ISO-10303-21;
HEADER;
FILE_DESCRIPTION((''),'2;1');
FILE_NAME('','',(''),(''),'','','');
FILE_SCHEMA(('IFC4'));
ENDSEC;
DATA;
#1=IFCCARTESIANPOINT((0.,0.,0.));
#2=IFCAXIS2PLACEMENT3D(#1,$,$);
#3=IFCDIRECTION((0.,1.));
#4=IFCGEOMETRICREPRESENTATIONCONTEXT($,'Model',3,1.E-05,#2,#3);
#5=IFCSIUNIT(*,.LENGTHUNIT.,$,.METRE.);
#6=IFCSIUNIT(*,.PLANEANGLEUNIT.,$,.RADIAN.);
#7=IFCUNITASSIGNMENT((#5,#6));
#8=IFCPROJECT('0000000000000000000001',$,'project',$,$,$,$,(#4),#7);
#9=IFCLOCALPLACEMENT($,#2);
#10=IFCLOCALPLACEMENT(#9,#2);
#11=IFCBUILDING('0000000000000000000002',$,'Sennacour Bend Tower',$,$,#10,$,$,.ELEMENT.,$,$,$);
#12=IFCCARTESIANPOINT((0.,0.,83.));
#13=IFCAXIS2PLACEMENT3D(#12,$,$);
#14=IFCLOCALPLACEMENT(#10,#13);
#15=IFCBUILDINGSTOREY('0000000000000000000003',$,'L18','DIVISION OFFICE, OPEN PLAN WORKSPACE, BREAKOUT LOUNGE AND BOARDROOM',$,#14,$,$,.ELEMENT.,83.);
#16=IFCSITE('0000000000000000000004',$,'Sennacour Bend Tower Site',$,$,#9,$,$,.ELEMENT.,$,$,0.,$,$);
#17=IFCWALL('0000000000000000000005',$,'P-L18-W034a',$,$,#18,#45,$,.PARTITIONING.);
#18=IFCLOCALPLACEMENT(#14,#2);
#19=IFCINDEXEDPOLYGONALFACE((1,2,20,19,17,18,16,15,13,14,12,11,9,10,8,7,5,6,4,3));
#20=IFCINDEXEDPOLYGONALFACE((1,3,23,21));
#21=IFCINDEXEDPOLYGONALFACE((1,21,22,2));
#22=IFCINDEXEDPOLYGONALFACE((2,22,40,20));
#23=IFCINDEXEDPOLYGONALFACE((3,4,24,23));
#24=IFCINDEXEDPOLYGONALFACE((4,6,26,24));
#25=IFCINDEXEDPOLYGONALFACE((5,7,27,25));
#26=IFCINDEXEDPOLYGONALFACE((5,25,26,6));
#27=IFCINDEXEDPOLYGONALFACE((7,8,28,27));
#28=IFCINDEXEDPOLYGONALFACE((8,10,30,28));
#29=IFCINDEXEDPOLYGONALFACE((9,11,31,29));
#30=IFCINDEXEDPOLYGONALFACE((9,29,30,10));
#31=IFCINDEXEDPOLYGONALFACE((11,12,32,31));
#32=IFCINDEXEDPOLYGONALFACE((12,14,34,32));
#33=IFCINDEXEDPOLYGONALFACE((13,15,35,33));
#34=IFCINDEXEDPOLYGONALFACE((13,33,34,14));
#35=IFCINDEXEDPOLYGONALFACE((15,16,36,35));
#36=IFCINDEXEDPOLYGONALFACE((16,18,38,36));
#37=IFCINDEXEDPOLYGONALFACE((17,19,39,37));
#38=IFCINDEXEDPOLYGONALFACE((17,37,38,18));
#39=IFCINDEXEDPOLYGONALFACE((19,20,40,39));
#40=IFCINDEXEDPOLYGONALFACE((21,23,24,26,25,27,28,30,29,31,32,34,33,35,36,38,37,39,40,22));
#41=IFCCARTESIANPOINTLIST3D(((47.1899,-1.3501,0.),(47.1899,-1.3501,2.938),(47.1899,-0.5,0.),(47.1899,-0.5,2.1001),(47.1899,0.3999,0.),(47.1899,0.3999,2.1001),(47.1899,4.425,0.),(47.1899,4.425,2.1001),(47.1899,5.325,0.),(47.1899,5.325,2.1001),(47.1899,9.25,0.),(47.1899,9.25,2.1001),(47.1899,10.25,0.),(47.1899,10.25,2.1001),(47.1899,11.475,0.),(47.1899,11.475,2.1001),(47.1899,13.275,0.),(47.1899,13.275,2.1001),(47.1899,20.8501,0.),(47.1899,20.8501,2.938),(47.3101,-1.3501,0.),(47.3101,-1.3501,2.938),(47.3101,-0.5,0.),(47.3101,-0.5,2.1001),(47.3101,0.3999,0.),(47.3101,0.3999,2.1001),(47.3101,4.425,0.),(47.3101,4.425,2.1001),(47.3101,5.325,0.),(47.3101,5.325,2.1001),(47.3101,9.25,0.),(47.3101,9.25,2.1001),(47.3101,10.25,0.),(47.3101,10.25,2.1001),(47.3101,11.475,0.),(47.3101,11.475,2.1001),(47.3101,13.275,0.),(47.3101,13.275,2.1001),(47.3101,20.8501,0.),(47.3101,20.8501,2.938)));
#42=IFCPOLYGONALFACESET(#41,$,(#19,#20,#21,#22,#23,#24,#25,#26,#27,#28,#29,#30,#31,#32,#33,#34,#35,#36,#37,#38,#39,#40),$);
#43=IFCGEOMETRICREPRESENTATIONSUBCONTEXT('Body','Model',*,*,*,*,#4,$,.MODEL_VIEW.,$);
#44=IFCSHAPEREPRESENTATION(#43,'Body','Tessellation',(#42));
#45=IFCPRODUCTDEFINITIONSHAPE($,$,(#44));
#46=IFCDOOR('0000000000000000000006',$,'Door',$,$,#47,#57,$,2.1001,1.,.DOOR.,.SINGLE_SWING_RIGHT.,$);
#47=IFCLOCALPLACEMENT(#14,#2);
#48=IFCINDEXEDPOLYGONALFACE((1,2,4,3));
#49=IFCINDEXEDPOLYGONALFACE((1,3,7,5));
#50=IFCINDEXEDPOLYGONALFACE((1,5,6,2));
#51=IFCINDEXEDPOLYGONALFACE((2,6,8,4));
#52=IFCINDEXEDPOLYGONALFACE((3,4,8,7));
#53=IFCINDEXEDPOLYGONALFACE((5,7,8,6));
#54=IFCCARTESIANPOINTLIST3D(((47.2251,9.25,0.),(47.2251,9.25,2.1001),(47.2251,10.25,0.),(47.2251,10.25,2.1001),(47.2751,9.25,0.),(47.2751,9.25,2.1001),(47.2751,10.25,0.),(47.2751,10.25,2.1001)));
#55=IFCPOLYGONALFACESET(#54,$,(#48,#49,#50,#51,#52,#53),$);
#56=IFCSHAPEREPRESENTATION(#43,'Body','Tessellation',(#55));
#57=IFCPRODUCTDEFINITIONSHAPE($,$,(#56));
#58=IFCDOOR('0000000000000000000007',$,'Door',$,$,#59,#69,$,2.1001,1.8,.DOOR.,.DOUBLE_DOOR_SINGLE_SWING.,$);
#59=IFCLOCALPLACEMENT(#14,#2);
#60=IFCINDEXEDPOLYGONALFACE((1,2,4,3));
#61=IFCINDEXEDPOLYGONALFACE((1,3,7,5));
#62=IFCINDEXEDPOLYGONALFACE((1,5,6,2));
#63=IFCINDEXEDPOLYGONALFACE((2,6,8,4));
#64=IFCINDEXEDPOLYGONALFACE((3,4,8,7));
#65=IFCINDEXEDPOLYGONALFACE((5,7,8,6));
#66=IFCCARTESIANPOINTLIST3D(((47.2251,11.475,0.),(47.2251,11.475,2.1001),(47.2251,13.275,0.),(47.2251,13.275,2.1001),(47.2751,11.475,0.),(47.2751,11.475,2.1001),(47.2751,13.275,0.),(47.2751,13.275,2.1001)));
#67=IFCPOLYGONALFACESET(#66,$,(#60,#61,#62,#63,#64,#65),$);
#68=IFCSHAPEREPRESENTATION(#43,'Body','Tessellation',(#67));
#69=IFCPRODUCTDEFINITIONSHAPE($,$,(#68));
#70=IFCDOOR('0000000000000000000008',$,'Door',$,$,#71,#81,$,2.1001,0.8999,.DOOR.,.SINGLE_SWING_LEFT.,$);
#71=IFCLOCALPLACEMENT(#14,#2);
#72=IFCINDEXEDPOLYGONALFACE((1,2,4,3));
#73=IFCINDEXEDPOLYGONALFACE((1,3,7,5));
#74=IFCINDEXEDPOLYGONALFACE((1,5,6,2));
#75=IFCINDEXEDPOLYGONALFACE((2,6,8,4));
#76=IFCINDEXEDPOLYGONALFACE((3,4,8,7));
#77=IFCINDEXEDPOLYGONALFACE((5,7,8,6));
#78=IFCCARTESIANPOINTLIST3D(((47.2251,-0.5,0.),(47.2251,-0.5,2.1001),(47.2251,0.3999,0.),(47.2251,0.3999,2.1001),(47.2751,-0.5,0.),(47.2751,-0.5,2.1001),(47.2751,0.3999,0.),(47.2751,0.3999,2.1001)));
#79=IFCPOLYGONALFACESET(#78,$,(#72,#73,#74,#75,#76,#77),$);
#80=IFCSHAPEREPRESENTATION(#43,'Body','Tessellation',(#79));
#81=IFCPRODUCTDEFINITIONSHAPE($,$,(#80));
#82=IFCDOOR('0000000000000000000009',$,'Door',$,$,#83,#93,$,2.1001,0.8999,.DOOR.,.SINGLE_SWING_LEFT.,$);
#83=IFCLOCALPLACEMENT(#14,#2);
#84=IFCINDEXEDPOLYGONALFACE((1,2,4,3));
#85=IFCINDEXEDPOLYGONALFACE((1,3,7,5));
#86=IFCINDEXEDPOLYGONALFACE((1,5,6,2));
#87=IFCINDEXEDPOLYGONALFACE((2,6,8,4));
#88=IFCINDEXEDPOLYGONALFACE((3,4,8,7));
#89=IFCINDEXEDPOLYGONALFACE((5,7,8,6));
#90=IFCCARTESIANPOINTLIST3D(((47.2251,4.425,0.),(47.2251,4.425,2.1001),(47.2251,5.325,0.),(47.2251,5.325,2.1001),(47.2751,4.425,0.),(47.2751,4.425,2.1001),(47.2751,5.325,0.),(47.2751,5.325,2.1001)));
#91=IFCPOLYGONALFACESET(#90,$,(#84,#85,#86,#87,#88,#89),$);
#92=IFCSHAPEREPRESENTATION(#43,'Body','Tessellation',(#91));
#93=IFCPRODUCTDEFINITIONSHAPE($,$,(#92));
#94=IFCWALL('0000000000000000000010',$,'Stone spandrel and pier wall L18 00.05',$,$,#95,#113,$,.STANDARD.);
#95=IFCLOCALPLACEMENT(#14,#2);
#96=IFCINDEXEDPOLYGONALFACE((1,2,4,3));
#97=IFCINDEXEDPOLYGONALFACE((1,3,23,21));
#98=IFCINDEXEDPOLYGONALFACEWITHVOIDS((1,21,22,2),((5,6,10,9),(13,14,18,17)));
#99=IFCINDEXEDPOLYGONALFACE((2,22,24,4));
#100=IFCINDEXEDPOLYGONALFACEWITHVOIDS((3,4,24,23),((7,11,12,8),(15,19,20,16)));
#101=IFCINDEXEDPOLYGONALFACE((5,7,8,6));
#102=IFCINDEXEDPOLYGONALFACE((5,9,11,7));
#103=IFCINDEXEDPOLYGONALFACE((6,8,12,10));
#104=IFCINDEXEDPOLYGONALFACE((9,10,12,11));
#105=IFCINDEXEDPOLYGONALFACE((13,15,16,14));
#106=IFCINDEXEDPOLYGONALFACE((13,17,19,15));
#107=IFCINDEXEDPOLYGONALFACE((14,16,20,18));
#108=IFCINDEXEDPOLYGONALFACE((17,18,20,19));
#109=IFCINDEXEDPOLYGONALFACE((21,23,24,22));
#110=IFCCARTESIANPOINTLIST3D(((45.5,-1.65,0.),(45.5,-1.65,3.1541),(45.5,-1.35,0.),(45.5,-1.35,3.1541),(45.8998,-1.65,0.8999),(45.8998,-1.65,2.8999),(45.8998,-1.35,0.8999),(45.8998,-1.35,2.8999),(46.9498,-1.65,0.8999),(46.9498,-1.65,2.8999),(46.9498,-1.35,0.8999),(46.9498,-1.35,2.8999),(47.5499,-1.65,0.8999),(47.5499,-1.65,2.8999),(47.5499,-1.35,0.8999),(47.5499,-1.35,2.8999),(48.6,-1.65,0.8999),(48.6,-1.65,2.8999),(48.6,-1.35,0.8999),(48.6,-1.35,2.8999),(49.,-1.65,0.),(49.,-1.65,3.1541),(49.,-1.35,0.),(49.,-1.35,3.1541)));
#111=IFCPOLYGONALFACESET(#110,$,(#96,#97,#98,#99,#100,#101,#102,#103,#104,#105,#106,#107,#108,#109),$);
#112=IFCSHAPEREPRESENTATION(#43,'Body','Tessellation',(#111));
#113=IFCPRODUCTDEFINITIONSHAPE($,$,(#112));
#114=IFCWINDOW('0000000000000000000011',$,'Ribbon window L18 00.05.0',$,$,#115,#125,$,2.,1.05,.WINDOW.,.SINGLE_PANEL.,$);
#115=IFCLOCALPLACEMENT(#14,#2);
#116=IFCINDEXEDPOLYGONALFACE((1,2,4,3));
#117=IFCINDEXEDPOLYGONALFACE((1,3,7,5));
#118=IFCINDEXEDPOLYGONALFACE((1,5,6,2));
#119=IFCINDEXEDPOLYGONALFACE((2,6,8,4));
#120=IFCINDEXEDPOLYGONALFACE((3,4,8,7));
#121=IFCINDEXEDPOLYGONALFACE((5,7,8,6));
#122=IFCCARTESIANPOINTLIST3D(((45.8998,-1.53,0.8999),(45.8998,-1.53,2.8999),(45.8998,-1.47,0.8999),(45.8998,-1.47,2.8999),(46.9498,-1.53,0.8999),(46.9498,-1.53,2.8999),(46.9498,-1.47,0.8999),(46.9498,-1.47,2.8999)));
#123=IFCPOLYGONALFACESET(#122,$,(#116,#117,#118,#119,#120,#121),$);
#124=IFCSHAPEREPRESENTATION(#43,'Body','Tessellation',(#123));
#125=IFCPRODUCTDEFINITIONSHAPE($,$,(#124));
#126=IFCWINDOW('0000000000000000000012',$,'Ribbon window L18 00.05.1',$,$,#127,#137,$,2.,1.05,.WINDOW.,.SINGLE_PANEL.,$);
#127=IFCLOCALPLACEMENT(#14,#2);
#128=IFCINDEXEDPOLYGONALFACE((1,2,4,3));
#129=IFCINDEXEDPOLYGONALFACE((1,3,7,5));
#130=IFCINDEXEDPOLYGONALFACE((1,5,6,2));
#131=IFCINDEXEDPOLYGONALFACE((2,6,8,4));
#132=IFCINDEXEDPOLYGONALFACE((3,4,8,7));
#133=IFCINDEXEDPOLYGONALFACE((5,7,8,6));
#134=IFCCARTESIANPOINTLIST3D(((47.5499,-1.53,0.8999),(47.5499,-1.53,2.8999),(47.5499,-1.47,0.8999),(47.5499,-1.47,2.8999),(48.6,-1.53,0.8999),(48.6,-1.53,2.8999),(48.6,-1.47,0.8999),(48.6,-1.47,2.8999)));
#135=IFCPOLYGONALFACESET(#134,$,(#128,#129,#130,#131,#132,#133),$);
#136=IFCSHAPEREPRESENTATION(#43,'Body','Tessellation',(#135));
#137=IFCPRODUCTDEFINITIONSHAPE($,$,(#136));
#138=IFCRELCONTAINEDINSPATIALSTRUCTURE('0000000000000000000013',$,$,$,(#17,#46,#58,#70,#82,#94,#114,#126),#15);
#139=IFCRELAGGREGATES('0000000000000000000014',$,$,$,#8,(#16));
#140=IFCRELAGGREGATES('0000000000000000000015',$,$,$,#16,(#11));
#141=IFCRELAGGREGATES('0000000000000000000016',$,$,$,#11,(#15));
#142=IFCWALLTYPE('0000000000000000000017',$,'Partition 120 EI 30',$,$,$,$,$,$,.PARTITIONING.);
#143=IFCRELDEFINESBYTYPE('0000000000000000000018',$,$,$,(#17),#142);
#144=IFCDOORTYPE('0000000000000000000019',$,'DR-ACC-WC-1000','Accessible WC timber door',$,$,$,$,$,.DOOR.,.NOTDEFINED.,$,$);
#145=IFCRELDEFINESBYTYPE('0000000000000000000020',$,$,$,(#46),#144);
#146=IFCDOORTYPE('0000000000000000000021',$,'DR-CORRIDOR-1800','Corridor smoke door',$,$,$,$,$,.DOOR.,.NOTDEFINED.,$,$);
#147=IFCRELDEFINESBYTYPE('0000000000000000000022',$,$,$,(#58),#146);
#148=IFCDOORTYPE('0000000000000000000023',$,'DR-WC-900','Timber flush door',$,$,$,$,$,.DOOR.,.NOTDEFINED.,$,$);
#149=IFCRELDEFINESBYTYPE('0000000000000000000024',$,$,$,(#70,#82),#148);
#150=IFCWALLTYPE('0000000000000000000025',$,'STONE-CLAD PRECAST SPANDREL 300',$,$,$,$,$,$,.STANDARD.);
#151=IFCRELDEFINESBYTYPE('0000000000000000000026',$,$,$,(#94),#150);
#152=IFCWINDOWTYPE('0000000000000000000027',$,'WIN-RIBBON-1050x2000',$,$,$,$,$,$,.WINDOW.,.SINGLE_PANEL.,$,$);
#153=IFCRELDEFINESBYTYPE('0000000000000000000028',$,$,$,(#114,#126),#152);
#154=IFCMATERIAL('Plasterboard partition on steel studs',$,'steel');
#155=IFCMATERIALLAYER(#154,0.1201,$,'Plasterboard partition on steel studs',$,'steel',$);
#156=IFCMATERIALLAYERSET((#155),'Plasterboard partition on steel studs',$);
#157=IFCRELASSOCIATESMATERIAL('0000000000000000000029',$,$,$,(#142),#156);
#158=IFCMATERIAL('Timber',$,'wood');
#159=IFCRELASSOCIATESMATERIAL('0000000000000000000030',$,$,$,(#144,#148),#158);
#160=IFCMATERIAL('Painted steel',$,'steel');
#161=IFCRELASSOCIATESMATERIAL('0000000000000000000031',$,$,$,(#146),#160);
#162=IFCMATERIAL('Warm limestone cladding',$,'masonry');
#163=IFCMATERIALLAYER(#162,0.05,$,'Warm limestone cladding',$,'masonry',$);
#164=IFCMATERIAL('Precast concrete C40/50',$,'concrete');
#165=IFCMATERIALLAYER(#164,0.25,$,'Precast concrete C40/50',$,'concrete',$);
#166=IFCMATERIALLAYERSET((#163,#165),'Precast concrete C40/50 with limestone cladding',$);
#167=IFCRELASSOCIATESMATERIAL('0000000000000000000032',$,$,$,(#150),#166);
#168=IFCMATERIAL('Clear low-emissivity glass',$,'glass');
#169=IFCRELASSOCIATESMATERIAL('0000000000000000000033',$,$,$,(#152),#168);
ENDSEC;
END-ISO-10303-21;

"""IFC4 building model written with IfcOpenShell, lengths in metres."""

from ifc_helpers import new_model, si_unit, direction, frame, frame_2d, origin, place, context, subcontext, project, spatial, rectangle, extrude, material, layer, layer_set, type_object, element, fill, save


model = new_model("IFC4")

# Units and contexts
model_context = context("Model", 3, precision=1e-05, world=origin(), true_north=direction((0.0, 1.0)))
body_context = subcontext(model_context, "Body", "Model", "MODEL_VIEW")
ifc_project = project(units=[si_unit("LENGTHUNIT", "METRE"), si_unit("PLANEANGLEUNIT", "RADIAN")], contexts=[model_context])

# Site, building, storey
site_placement = place(None, origin())
site = spatial("IfcSite", under=ifc_project, at=site_placement, Name="Sennacour Bend Tower Site", CompositionType="ELEMENT", RefElevation=0.0)
building_placement = place(site_placement, origin())
building = spatial("IfcBuilding", under=site, at=building_placement, Name="Sennacour Bend Tower", CompositionType="ELEMENT")
storey_placement = place(building_placement, frame((0.0, 0.0, 83.0)))
storey = spatial("IfcBuildingStorey", under=building, at=storey_placement, Name="L18", Description="DIVISION OFFICE, OPEN PLAN WORKSPACE, BREAKOUT LOUNGE AND BOARDROOM", CompositionType="ELEMENT", Elevation=83.0)

# Shared definitions
ifc_material_1 = material(Name="Plasterboard partition on steel studs", Category="steel")

# Wall, openings, doors
ifc_layer_1 = layer(ifc_material_1, 0.1201, Name="Plasterboard partition on steel studs", Category="steel")
ifc_layer_set_1 = layer_set([ifc_layer_1], Name="Plasterboard partition on steel studs")
wall_type_1 = type_object("IfcWallType", Name="Partition 120 EI 30", PredefinedType="PARTITIONING", material=ifc_layer_set_1)
wall_1_placement = place(storey_placement, frame((47.25, -1.3501, 0.0), z_axis=(0.0, 0.0, 1.0), x_axis=(0.0, 1.0, 0.0)))
wall_1 = element("IfcWall", 1, at=wall_1_placement, inside=storey, type_object=wall_type_1, Name="P-L18-W034a", PredefinedType="PARTITIONING", context=body_context, shape_type="SweptSolid", body=[
    extrude(rectangle(XDim=22.2002, YDim=0.1201, at=frame_2d((11.1001, 0.0))), origin(), (0.0, 0.0, 1.0), 2.938),
])
opening_1_placement = place(wall_1_placement, frame((12.8252, 0.0, 0.0)))
opening_1 = element("IfcOpeningElement", 2, at=opening_1_placement, cuts=wall_1, PredefinedType="OPENING", context=body_context, shape_type="SweptSolid", body=[
    extrude(rectangle(XDim=1.8, YDim=2.1001, at=frame_2d((0.8999, 1.05))), frame((0.0, 0.0701, 0.0), z_axis=(0.0, -1.0, 0.0), x_axis=(1.0, 0.0, 0.0)), (0.0, 0.0, 1.0), 0.1401),
])
opening_2_placement = place(wall_1_placement, frame((0.8501, 0.0, 0.0)))
opening_2 = element("IfcOpeningElement", 3, at=opening_2_placement, cuts=wall_1, PredefinedType="OPENING", context=body_context, shape_type="SweptSolid", body=[
    extrude(rectangle(XDim=0.8999, YDim=2.1001, at=frame_2d((0.45, 1.05))), frame((0.0, 0.0701, 0.0), z_axis=(0.0, -1.0, 0.0), x_axis=(1.0, 0.0, 0.0)), (0.0, 0.0, 1.0), 0.1401),
])
opening_3_placement = place(wall_1_placement, frame((5.7751, 0.0, 0.0)))
opening_3 = element("IfcOpeningElement", 4, at=opening_3_placement, cuts=wall_1, PredefinedType="OPENING", context=body_context, shape_type="SweptSolid", body=[
    extrude(rectangle(XDim=0.8999, YDim=2.1001, at=frame_2d((0.45, 1.05))), frame((0.0, 0.0701, 0.0), z_axis=(0.0, -1.0, 0.0), x_axis=(1.0, 0.0, 0.0)), (0.0, 0.0, 1.0), 0.1401),
])
opening_4_placement = place(wall_1_placement, frame((10.6001, 0.0, 0.0)))
opening_4 = element("IfcOpeningElement", 5, at=opening_4_placement, cuts=wall_1, PredefinedType="OPENING", context=body_context, shape_type="SweptSolid", body=[
    extrude(rectangle(XDim=1.0, YDim=2.1001, at=frame_2d((0.5, 1.05))), frame((0.0, 0.0701, 0.0), z_axis=(0.0, -1.0, 0.0), x_axis=(1.0, 0.0, 0.0)), (0.0, 0.0, 1.0), 0.1401),
])
ifc_material_2 = material(Name="Timber", Category="wood")
door_type_1 = type_object("IfcDoorType", Name="DR-ACC-WC-1000", Description="Accessible WC timber door", OperationType="NOTDEFINED", PredefinedType="DOOR", material=ifc_material_2)
door_1_placement = place(opening_4_placement, origin())
door_1 = element("IfcDoor", 6, at=door_1_placement, inside=storey, type_object=door_type_1, Name="Door", OperationType="SINGLE_SWING_RIGHT", OverallHeight=2.1001, OverallWidth=1.0, PredefinedType="DOOR", context=body_context, shape_type="SweptSolid", body=[
    extrude(rectangle(XDim=1.0, YDim=2.1001, at=frame_2d((0.5, 1.05))), frame((0.0, 0.0249, 0.0), z_axis=(0.0, -1.0, 0.0), x_axis=(1.0, 0.0, 0.0)), (0.0, 0.0, 1.0), 0.05),
])
fill(opening_4, door_1)
ifc_material_3 = material(Name="Painted steel", Category="steel")
door_type_2 = type_object("IfcDoorType", Name="DR-CORRIDOR-1800", Description="Corridor smoke door", OperationType="NOTDEFINED", PredefinedType="DOOR", material=ifc_material_3)
door_2_placement = place(opening_1_placement, origin())
door_2 = element("IfcDoor", 7, at=door_2_placement, inside=storey, type_object=door_type_2, Name="Door", OperationType="DOUBLE_DOOR_SINGLE_SWING", OverallHeight=2.1001, OverallWidth=1.8, PredefinedType="DOOR", context=body_context, shape_type="SweptSolid", body=[
    extrude(rectangle(XDim=1.8, YDim=2.1001, at=frame_2d((0.8999, 1.05))), frame((0.0, 0.0249, 0.0), z_axis=(0.0, -1.0, 0.0), x_axis=(1.0, 0.0, 0.0)), (0.0, 0.0, 1.0), 0.05),
])
fill(opening_1, door_2)
door_type_3 = type_object("IfcDoorType", Name="DR-WC-900", Description="Timber flush door", OperationType="NOTDEFINED", PredefinedType="DOOR", material=ifc_material_2)
door_3_placement = place(opening_2_placement, origin())
door_3 = element("IfcDoor", 8, at=door_3_placement, inside=storey, type_object=door_type_3, Name="Door", OperationType="SINGLE_SWING_LEFT", OverallHeight=2.1001, OverallWidth=0.8999, PredefinedType="DOOR", context=body_context, shape_type="SweptSolid", body=[
    extrude(rectangle(XDim=0.8999, YDim=2.1001, at=frame_2d((0.45, 1.05))), frame((0.0, 0.0249, 0.0), z_axis=(0.0, -1.0, 0.0), x_axis=(1.0, 0.0, 0.0)), (0.0, 0.0, 1.0), 0.05),
])
fill(opening_2, door_3)
door_4_placement = place(opening_3_placement, origin())
door_4 = element("IfcDoor", 9, at=door_4_placement, inside=storey, type_object=door_type_3, Name="Door", OperationType="SINGLE_SWING_LEFT", OverallHeight=2.1001, OverallWidth=0.8999, PredefinedType="DOOR", context=body_context, shape_type="SweptSolid", body=[
    extrude(rectangle(XDim=0.8999, YDim=2.1001, at=frame_2d((0.45, 1.05))), frame((0.0, 0.0249, 0.0), z_axis=(0.0, -1.0, 0.0), x_axis=(1.0, 0.0, 0.0)), (0.0, 0.0, 1.0), 0.05),
])
fill(opening_3, door_4)

# Wall, openings, windows
ifc_material_4 = material(Name="Warm limestone cladding", Category="masonry")
ifc_layer_2 = layer(ifc_material_4, 0.05, Name="Warm limestone cladding", Category="masonry")
ifc_material_5 = material(Name="Precast concrete C40/50", Category="concrete")
ifc_layer_3 = layer(ifc_material_5, 0.25, Name="Precast concrete C40/50", Category="concrete")
ifc_layer_set_2 = layer_set([ifc_layer_2, ifc_layer_3], Name="Precast concrete C40/50 with limestone cladding")
wall_type_2 = type_object("IfcWallType", Name="STONE-CLAD PRECAST SPANDREL 300", PredefinedType="STANDARD", material=ifc_layer_set_2)
wall_2_placement = place(storey_placement, frame((45.5, -1.5, 0.0), z_axis=(0.0, 0.0, 1.0), x_axis=(1.0, 0.0, 0.0)))
wall_2 = element("IfcWall", 10, at=wall_2_placement, inside=storey, type_object=wall_type_2, Name="Stone spandrel and pier wall L18 00.05", PredefinedType="STANDARD", context=body_context, shape_type="SweptSolid", body=[
    extrude(rectangle(XDim=3.5, YDim=0.3, at=frame_2d((1.75, 0.0))), origin(), (0.0, 0.0, 1.0), 3.1541),
])
opening_5_placement = place(wall_2_placement, frame((0.3999, 0.0, 0.8999)))
opening_5 = element("IfcOpeningElement", 11, at=opening_5_placement, cuts=wall_2, PredefinedType="OPENING", context=body_context, shape_type="SweptSolid", body=[
    extrude(rectangle(XDim=1.05, YDim=2.0, at=frame_2d((0.5249, 1.0))), frame((0.0, 0.1602, 0.0), z_axis=(0.0, -1.0, 0.0), x_axis=(1.0, 0.0, 0.0)), (0.0, 0.0, 1.0), 0.3201),
])
opening_6_placement = place(wall_2_placement, frame((2.05, 0.0, 0.8999)))
opening_6 = element("IfcOpeningElement", 12, at=opening_6_placement, cuts=wall_2, PredefinedType="OPENING", context=body_context, shape_type="SweptSolid", body=[
    extrude(rectangle(XDim=1.05, YDim=2.0, at=frame_2d((0.5249, 1.0))), frame((0.0, 0.1602, 0.0), z_axis=(0.0, -1.0, 0.0), x_axis=(1.0, 0.0, 0.0)), (0.0, 0.0, 1.0), 0.3201),
])
ifc_material_6 = material(Name="Clear low-emissivity glass", Category="glass")
window_type = type_object("IfcWindowType", Name="WIN-RIBBON-1050x2000", PartitioningType="SINGLE_PANEL", PredefinedType="WINDOW", material=ifc_material_6)
window_1_placement = place(opening_5_placement, origin())
window_1 = element("IfcWindow", 13, at=window_1_placement, inside=storey, type_object=window_type, Name="Ribbon window L18 00.05.0", OverallHeight=2.0, OverallWidth=1.05, PartitioningType="SINGLE_PANEL", PredefinedType="WINDOW", context=body_context, shape_type="SweptSolid", body=[
    extrude(rectangle(XDim=1.05, YDim=2.0, at=frame_2d((0.5249, 1.0))), frame((0.0, 0.03, 0.0), z_axis=(0.0, -1.0, 0.0), x_axis=(1.0, 0.0, 0.0)), (0.0, 0.0, 1.0), 0.0601),
])
fill(opening_5, window_1)
window_2_placement = place(opening_6_placement, origin())
window_2 = element("IfcWindow", 14, at=window_2_placement, inside=storey, type_object=window_type, Name="Ribbon window L18 00.05.1", OverallHeight=2.0, OverallWidth=1.05, PartitioningType="SINGLE_PANEL", PredefinedType="WINDOW", context=body_context, shape_type="SweptSolid", body=[
    extrude(rectangle(XDim=1.05, YDim=2.0, at=frame_2d((0.5249, 1.0))), frame((0.0, 0.03, 0.0), z_axis=(0.0, -1.0, 0.0), x_axis=(1.0, 0.0, 0.0)), (0.0, 0.0, 1.0), 0.0601),
])
fill(opening_6, window_2)

save(model, "model.ifc")
